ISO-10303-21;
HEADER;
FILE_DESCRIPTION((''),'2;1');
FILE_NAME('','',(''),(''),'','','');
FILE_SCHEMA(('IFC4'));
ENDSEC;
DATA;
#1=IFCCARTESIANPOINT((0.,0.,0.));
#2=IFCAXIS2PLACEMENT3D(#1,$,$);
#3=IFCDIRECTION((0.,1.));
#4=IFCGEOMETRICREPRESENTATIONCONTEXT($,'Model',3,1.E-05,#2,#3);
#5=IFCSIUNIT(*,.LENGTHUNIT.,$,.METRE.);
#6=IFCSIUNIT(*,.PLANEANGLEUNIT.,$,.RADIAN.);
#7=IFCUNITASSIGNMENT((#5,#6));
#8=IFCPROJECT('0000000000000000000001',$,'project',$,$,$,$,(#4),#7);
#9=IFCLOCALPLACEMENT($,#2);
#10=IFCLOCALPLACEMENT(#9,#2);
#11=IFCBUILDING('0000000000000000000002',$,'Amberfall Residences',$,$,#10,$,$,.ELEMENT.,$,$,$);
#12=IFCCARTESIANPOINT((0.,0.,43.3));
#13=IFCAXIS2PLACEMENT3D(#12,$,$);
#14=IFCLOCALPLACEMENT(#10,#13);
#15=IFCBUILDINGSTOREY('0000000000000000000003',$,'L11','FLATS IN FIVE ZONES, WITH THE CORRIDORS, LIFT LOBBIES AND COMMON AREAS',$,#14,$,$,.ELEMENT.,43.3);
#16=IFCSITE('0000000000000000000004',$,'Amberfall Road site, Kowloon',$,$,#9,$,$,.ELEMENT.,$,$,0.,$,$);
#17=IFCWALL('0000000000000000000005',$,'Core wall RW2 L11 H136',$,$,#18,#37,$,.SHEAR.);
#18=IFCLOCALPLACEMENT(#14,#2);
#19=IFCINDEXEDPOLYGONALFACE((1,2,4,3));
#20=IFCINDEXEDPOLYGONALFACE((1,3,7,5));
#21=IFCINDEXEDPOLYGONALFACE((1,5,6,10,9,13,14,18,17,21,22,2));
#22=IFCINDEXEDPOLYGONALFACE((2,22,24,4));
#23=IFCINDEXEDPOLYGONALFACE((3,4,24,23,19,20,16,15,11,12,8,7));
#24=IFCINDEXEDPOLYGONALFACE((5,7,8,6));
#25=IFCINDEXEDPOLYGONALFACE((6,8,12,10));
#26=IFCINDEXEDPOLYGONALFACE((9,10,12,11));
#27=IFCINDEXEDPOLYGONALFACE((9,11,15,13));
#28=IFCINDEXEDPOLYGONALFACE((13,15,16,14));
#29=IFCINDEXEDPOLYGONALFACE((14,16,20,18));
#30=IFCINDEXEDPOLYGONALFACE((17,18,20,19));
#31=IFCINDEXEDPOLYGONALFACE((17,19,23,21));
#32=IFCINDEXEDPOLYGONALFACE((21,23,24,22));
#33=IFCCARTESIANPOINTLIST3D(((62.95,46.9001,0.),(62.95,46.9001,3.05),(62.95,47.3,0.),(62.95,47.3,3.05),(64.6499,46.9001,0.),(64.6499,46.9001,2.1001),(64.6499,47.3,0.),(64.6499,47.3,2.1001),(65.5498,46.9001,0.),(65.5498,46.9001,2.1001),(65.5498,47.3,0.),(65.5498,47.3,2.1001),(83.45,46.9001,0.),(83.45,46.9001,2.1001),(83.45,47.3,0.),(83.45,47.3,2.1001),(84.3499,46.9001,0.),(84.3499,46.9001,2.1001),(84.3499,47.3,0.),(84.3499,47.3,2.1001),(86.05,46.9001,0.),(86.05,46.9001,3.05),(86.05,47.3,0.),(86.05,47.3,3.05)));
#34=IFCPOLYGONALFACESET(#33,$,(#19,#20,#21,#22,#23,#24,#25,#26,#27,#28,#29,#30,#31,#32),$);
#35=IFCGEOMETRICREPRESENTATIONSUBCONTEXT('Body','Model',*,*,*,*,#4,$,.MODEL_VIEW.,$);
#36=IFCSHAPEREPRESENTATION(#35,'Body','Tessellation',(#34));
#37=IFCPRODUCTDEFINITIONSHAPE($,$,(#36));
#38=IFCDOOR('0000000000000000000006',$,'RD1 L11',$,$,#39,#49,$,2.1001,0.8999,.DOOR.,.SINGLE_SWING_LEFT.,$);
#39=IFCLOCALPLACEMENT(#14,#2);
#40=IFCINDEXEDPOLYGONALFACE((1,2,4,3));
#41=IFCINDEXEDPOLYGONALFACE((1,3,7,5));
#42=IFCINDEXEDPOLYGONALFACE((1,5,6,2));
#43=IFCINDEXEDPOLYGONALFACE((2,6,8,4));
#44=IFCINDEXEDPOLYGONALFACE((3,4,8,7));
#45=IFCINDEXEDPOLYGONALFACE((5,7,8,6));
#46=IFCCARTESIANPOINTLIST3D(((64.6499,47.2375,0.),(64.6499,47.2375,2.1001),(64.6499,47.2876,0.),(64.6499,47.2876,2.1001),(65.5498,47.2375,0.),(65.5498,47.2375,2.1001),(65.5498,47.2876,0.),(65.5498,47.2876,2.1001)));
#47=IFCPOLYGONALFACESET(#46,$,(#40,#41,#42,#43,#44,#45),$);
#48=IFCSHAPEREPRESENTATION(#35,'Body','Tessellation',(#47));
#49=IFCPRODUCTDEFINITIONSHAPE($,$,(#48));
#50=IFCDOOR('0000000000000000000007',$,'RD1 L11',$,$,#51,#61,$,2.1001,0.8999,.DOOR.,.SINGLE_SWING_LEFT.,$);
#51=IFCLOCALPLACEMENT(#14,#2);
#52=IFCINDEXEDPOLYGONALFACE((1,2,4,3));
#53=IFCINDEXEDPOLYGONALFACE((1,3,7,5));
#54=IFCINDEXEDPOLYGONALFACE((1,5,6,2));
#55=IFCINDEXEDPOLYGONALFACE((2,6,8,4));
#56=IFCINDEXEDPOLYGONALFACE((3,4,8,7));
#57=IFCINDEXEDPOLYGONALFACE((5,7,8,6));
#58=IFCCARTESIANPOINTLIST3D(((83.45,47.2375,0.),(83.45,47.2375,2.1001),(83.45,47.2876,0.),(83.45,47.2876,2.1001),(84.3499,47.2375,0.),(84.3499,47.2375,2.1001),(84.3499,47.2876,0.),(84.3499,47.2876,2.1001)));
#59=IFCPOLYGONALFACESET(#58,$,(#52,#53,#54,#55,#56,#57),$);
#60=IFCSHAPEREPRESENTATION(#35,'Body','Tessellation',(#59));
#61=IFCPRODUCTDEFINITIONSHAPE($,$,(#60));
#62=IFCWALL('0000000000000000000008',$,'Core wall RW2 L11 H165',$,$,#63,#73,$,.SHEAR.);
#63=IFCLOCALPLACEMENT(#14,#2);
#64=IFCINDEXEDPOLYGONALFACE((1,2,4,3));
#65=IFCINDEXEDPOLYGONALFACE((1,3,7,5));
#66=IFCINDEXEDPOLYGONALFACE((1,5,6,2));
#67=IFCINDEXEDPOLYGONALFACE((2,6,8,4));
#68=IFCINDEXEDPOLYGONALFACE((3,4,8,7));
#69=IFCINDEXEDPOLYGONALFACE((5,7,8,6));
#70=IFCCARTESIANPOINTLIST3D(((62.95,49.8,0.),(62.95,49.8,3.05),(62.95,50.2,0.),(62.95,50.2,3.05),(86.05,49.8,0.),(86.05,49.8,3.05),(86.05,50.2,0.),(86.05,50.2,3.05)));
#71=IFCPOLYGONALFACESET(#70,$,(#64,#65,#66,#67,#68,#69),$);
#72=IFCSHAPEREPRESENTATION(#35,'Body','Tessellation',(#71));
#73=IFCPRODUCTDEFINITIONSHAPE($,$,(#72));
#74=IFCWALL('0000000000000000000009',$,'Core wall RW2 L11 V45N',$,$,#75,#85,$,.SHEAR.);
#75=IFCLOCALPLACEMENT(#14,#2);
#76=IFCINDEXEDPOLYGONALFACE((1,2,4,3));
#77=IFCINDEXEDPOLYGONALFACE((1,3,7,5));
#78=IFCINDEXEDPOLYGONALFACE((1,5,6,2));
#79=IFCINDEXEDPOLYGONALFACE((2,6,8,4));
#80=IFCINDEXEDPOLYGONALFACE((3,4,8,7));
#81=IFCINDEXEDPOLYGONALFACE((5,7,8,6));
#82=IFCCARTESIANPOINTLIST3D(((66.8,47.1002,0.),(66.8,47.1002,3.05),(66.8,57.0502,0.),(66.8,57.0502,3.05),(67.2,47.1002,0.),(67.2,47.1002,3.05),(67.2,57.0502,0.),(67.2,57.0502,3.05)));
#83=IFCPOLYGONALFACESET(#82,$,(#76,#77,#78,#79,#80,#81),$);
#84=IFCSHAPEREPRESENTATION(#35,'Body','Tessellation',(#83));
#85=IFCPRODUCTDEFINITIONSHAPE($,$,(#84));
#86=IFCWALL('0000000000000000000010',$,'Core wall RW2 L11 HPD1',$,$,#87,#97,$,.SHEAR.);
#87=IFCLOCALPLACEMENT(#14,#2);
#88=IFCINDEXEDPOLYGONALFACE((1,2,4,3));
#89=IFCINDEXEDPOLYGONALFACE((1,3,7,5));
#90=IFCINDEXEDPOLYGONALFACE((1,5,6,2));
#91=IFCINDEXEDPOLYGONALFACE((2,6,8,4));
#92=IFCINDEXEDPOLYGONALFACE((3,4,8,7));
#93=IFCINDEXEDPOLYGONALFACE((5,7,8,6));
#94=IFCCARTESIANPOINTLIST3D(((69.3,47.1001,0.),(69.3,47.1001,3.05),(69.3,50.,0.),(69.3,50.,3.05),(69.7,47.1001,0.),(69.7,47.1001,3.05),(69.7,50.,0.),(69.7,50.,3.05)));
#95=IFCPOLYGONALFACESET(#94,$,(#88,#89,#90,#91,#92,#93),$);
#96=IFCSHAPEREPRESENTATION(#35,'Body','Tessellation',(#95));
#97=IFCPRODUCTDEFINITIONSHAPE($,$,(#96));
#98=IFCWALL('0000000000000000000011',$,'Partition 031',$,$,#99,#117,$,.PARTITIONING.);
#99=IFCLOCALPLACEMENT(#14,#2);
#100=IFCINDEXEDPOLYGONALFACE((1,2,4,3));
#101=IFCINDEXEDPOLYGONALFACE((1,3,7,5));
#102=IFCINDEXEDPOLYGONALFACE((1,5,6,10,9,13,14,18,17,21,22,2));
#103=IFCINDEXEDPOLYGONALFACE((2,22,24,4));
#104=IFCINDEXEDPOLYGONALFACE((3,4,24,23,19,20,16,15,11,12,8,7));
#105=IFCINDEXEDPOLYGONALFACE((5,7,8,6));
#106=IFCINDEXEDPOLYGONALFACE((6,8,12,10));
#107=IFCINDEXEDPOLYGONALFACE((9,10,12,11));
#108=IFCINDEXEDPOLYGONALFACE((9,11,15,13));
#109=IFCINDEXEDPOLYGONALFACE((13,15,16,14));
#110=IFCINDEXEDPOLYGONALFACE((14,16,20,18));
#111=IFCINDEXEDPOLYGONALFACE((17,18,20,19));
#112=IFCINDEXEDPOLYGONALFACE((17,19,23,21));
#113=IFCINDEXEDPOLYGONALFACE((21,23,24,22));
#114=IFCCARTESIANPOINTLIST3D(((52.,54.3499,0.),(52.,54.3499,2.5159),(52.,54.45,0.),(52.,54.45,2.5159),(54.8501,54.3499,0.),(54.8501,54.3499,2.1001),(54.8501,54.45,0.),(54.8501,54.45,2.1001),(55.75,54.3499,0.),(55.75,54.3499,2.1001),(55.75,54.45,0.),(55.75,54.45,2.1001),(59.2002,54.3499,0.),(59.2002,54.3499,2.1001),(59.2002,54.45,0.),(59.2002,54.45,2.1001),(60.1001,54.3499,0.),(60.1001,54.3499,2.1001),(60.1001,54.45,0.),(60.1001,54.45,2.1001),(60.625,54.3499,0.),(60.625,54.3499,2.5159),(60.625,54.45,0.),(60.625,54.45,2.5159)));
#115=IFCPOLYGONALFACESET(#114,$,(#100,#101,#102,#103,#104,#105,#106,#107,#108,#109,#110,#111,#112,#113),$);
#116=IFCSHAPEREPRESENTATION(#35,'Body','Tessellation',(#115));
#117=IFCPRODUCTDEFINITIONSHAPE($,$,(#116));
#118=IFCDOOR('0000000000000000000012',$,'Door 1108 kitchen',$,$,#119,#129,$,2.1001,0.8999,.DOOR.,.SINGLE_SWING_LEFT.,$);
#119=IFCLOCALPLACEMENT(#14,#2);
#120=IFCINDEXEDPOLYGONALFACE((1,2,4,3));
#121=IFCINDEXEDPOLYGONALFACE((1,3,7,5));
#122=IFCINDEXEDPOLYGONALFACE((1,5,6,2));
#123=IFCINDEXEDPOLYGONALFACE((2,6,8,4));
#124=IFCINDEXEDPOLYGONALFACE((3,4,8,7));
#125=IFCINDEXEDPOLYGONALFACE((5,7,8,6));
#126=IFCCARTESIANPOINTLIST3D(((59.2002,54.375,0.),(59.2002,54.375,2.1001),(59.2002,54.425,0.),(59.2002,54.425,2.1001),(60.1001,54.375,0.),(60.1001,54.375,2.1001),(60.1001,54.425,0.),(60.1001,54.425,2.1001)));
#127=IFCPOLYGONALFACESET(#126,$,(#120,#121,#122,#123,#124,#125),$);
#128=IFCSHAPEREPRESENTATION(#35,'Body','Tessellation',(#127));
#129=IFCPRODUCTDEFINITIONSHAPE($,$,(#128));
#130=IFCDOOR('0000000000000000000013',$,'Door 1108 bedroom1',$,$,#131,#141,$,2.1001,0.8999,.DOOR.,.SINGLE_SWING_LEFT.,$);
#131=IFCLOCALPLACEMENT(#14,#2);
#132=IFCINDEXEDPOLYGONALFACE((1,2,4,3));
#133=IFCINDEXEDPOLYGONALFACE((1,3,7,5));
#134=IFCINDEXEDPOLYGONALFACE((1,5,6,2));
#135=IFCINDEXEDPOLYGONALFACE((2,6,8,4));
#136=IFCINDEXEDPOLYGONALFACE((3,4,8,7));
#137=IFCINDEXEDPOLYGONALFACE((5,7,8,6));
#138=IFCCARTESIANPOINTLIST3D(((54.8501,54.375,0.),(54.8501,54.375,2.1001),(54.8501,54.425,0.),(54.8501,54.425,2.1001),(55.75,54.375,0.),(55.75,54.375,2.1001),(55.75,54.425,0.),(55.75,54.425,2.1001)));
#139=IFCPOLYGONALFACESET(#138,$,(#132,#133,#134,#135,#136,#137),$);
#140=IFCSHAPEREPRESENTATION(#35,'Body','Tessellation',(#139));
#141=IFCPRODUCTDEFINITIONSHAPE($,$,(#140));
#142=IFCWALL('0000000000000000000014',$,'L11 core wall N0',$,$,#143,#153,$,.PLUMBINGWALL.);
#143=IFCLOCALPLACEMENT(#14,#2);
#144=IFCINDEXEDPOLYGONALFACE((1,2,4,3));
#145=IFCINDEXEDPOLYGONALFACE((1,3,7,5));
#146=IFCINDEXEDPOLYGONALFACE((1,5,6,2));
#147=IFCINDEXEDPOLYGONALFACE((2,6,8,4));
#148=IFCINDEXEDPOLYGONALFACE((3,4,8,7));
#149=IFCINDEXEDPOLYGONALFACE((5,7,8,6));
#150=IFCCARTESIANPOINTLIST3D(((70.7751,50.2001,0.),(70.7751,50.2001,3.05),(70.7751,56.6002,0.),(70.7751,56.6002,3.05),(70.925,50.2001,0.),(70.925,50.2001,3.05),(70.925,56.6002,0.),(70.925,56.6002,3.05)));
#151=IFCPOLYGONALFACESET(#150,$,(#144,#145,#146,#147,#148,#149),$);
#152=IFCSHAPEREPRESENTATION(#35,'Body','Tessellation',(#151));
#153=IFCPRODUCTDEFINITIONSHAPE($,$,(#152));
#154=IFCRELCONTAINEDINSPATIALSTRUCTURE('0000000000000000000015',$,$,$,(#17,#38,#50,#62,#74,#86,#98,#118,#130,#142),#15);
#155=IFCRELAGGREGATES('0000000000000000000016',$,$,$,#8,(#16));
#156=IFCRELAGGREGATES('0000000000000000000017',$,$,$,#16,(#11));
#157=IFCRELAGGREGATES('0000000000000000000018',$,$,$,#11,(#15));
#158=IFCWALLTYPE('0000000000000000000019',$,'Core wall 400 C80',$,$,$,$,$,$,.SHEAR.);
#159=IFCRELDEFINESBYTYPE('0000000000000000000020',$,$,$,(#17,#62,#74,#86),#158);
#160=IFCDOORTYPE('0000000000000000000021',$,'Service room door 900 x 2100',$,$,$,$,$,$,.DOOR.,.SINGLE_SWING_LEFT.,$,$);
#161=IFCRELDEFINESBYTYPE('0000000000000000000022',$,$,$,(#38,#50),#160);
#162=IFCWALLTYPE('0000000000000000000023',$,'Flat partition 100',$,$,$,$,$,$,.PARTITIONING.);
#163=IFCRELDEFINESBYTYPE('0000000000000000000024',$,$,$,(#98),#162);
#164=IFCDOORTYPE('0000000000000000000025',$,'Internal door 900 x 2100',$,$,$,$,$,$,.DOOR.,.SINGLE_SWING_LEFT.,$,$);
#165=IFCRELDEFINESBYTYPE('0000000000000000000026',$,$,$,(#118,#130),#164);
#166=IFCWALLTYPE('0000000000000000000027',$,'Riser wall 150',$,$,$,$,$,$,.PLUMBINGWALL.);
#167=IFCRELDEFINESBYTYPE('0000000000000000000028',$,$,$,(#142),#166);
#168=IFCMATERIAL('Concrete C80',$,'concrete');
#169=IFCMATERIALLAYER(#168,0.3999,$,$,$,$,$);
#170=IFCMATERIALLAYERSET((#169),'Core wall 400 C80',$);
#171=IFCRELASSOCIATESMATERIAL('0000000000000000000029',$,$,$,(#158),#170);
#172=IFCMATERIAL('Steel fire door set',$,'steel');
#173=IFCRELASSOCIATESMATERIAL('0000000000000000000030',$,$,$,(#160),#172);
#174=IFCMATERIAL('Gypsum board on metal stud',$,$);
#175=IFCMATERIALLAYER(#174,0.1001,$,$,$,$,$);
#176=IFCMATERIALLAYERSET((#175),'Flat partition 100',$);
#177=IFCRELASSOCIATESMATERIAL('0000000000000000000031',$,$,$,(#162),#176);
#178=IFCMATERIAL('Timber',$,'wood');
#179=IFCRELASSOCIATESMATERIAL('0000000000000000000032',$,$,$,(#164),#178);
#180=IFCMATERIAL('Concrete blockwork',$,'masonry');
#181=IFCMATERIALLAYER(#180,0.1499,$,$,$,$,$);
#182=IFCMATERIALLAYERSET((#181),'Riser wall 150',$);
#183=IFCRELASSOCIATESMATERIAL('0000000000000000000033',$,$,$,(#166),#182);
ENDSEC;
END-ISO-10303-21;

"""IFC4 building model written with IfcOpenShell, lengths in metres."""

from ifc_helpers import new_model, si_unit, direction, frame, frame_2d, origin, place, context, subcontext, project, spatial, rectangle, extrude, material, layer, layer_set, type_object, element, fill, save


model = new_model("IFC4")

# Units and contexts
model_context = context("Model", 3, precision=1e-05, world=origin(), true_north=direction((0.0, 1.0)))
body_context = subcontext(model_context, "Body", "Model", "MODEL_VIEW")
ifc_project = project(units=[si_unit("LENGTHUNIT", "METRE"), si_unit("PLANEANGLEUNIT", "RADIAN")], contexts=[model_context])

# Site, building, storey
site_placement = place(None, origin())
site = spatial("IfcSite", under=ifc_project, at=site_placement, Name="Amberfall Road site, Kowloon", CompositionType="ELEMENT", RefElevation=0.0)
building_placement = place(site_placement, origin())
building = spatial("IfcBuilding", under=site, at=building_placement, Name="Amberfall Residences", CompositionType="ELEMENT")
storey_placement = place(building_placement, frame((0.0, 0.0, 43.3)))
storey = spatial("IfcBuildingStorey", under=building, at=storey_placement, Name="L11", Description="FLATS IN FIVE ZONES, WITH THE CORRIDORS, LIFT LOBBIES AND COMMON AREAS", CompositionType="ELEMENT", Elevation=43.3)

# Wall, openings, doors
ifc_material_1 = material(Name="Concrete C80", Category="concrete")
ifc_layer_1 = layer(ifc_material_1, 0.3999)
ifc_layer_set_1 = layer_set([ifc_layer_1], Name="Core wall 400 C80")
wall_type_1 = type_object("IfcWallType", Name="Core wall 400 C80", PredefinedType="SHEAR", material=ifc_layer_set_1)
wall_1_placement = place(storey_placement, frame((62.95, 47.1001, 0.0), z_axis=(0.0, 0.0, 1.0), x_axis=(1.0, 0.0, 0.0)))
wall_1 = element("IfcWall", 1, at=wall_1_placement, inside=storey, type_object=wall_type_1, Name="Core wall RW2 L11 H136", PredefinedType="SHEAR", context=body_context, shape_type="SweptSolid", body=[
    extrude(rectangle(XDim=23.1001, YDim=0.3999, at=frame_2d((11.55, 0.0))), origin(), (0.0, 0.0, 1.0), 3.05),
])
opening_1_placement = place(wall_1_placement, frame((1.7, 0.0, 0.0)))
opening_1 = element("IfcOpeningElement", 2, at=opening_1_placement, cuts=wall_1, PredefinedType="OPENING", context=body_context, shape_type="SweptSolid", body=[
    extrude(rectangle(XDim=0.8999, YDim=2.1001, at=frame_2d((0.45, 1.05))), frame((0.0, 0.21, 0.0), z_axis=(0.0, -1.0, 0.0), x_axis=(1.0, 0.0, 0.0)), (0.0, 0.0, 1.0), 0.4199),
])
opening_2_placement = place(wall_1_placement, frame((20.5, 0.0, 0.0)))
opening_2 = element("IfcOpeningElement", 3, at=opening_2_placement, cuts=wall_1, PredefinedType="OPENING", context=body_context, shape_type="SweptSolid", body=[
    extrude(rectangle(XDim=0.8999, YDim=2.1001, at=frame_2d((0.45, 1.05))), frame((0.0, 0.21, 0.0), z_axis=(0.0, -1.0, 0.0), x_axis=(1.0, 0.0, 0.0)), (0.0, 0.0, 1.0), 0.4199),
])
ifc_material_2 = material(Name="Steel fire door set", Category="steel")
door_type_1 = type_object("IfcDoorType", Name="Service room door 900 x 2100", OperationType="SINGLE_SWING_LEFT", PredefinedType="DOOR", material=ifc_material_2)
door_1_placement = place(opening_1_placement, origin())
door_1 = element("IfcDoor", 4, at=door_1_placement, inside=storey, type_object=door_type_1, Name="RD1 L11", OperationType="SINGLE_SWING_LEFT", OverallHeight=2.1001, OverallWidth=0.8999, PredefinedType="DOOR", context=body_context, shape_type="SweptSolid", body=[
    extrude(rectangle(XDim=0.8999, YDim=2.1001, at=frame_2d((0.45, 1.05))), frame((0.0, 0.1875, 0.0), z_axis=(0.0, -1.0, 0.0), x_axis=(1.0, 0.0, 0.0)), (0.0, 0.0, 1.0), 0.05),
])
fill(opening_1, door_1)
door_2_placement = place(opening_2_placement, origin())
door_2 = element("IfcDoor", 5, at=door_2_placement, inside=storey, type_object=door_type_1, Name="RD1 L11", OperationType="SINGLE_SWING_LEFT", OverallHeight=2.1001, OverallWidth=0.8999, PredefinedType="DOOR", context=body_context, shape_type="SweptSolid", body=[
    extrude(rectangle(XDim=0.8999, YDim=2.1001, at=frame_2d((0.45, 1.05))), frame((0.0, 0.1875, 0.0), z_axis=(0.0, -1.0, 0.0), x_axis=(1.0, 0.0, 0.0)), (0.0, 0.0, 1.0), 0.05),
])
fill(opening_2, door_2)

# Walls
wall_2_placement = place(storey_placement, frame((62.95, 50.0, 0.0), z_axis=(0.0, 0.0, 1.0), x_axis=(1.0, 0.0, 0.0)))
element("IfcWall", 6, at=wall_2_placement, inside=storey, type_object=wall_type_1, Name="Core wall RW2 L11 H165", PredefinedType="SHEAR", context=body_context, shape_type="SweptSolid", body=[
    extrude(rectangle(XDim=23.1001, YDim=0.3999, at=frame_2d((11.55, 0.0))), origin(), (0.0, 0.0, 1.0), 3.05),
])
wall_3_placement = place(storey_placement, frame((67.0, 47.1001, 0.0), z_axis=(0.0, 0.0, 1.0), x_axis=(0.0, 1.0, 0.0)))
element("IfcWall", 7, at=wall_3_placement, inside=storey, type_object=wall_type_1, Name="Core wall RW2 L11 V45N", PredefinedType="SHEAR", context=body_context, shape_type="SweptSolid", body=[
    extrude(rectangle(XDim=9.95, YDim=0.3999, at=frame_2d((4.9751, 0.0))), origin(), (0.0, 0.0, 1.0), 3.05),
])
wall_4_placement = place(storey_placement, frame((69.5, 47.1001, 0.0), z_axis=(0.0, 0.0, 1.0), x_axis=(0.0, 1.0, 0.0)))
element("IfcWall", 8, at=wall_4_placement, inside=storey, type_object=wall_type_1, Name="Core wall RW2 L11 HPD1", PredefinedType="SHEAR", context=body_context, shape_type="SweptSolid", body=[
    extrude(rectangle(XDim=2.8999, YDim=0.3999, at=frame_2d((1.45, 0.0))), origin(), (0.0, 0.0, 1.0), 3.05),
])

# Wall, openings, doors
ifc_material_3 = material(Name="Gypsum board on metal stud")
ifc_layer_2 = layer(ifc_material_3, 0.1001)
ifc_layer_set_2 = layer_set([ifc_layer_2], Name="Flat partition 100")
wall_type_2 = type_object("IfcWallType", Name="Flat partition 100", PredefinedType="PARTITIONING", material=ifc_layer_set_2)
wall_5_placement = place(storey_placement, frame((60.625, 54.3999, 0.0), z_axis=(0.0, 0.0, 1.0), x_axis=(-1.0, 0.0, 0.0)))
wall_5 = element("IfcWall", 9, at=wall_5_placement, inside=storey, type_object=wall_type_2, Name="Partition 031", PredefinedType="PARTITIONING", context=body_context, shape_type="SweptSolid", body=[
    extrude(rectangle(XDim=8.625, YDim=0.1001, at=frame_2d((4.3125, 0.0))), origin(), (0.0, 0.0, 1.0), 2.5159),
])
opening_3_placement = place(wall_5_placement, frame((0.5249, 0.0, 0.0)))
opening_3 = element("IfcOpeningElement", 10, at=opening_3_placement, cuts=wall_5, PredefinedType="OPENING", context=body_context, shape_type="SweptSolid", body=[
    extrude(rectangle(XDim=0.8999, YDim=2.1001, at=frame_2d((0.45, 1.05))), frame((0.0, 0.0601, 0.0), z_axis=(0.0, -1.0, 0.0), x_axis=(1.0, 0.0, 0.0)), (0.0, 0.0, 1.0), 0.1201),
])
opening_4_placement = place(wall_5_placement, frame((4.875, 0.0, 0.0)))
opening_4 = element("IfcOpeningElement", 11, at=opening_4_placement, cuts=wall_5, PredefinedType="OPENING", context=body_context, shape_type="SweptSolid", body=[
    extrude(rectangle(XDim=0.8999, YDim=2.1001, at=frame_2d((0.45, 1.05))), frame((0.0, 0.0601, 0.0), z_axis=(0.0, -1.0, 0.0), x_axis=(1.0, 0.0, 0.0)), (0.0, 0.0, 1.0), 0.1201),
])
ifc_material_4 = material(Name="Timber", Category="wood")
door_type_2 = type_object("IfcDoorType", Name="Internal door 900 x 2100", OperationType="SINGLE_SWING_LEFT", PredefinedType="DOOR", material=ifc_material_4)
door_3_placement = place(opening_3_placement, origin())
door_3 = element("IfcDoor", 12, at=door_3_placement, inside=storey, type_object=door_type_2, Name="Door 1108 kitchen", OperationType="SINGLE_SWING_LEFT", OverallHeight=2.1001, OverallWidth=0.8999, PredefinedType="DOOR", context=body_context, shape_type="SweptSolid", body=[
    extrude(rectangle(XDim=0.8999, YDim=2.1001, at=frame_2d((0.45, 1.05))), frame((0.0, 0.0249, 0.0), z_axis=(0.0, -1.0, 0.0), x_axis=(1.0, 0.0, 0.0)), (0.0, 0.0, 1.0), 0.05),
])
fill(opening_3, door_3)
door_4_placement = place(opening_4_placement, origin())
door_4 = element("IfcDoor", 13, at=door_4_placement, inside=storey, type_object=door_type_2, Name="Door 1108 bedroom1", OperationType="SINGLE_SWING_LEFT", OverallHeight=2.1001, OverallWidth=0.8999, PredefinedType="DOOR", context=body_context, shape_type="SweptSolid", body=[
    extrude(rectangle(XDim=0.8999, YDim=2.1001, at=frame_2d((0.45, 1.05))), frame((0.0, 0.0249, 0.0), z_axis=(0.0, -1.0, 0.0), x_axis=(1.0, 0.0, 0.0)), (0.0, 0.0, 1.0), 0.05),
])
fill(opening_4, door_4)

# Wall
ifc_material_5 = material(Name="Concrete blockwork", Category="masonry")
ifc_layer_3 = layer(ifc_material_5, 0.1499)
ifc_layer_set_3 = layer_set([ifc_layer_3], Name="Riser wall 150")
wall_type_3 = type_object("IfcWallType", Name="Riser wall 150", PredefinedType="PLUMBINGWALL", material=ifc_layer_set_3)
wall_6_placement = place(storey_placement, frame((70.8501, 50.2, 0.0), z_axis=(0.0, 0.0, 1.0), x_axis=(0.0, 1.0, 0.0)))
element("IfcWall", 14, at=wall_6_placement, inside=storey, type_object=wall_type_3, Name="L11 core wall N0", PredefinedType="PLUMBINGWALL", context=body_context, shape_type="SweptSolid", body=[
    extrude(rectangle(XDim=6.4001, YDim=0.1499, at=frame_2d((3.2002, 0.0))), origin(), (0.0, 0.0, 1.0), 3.05),
])

save(model, "model.ifc")
